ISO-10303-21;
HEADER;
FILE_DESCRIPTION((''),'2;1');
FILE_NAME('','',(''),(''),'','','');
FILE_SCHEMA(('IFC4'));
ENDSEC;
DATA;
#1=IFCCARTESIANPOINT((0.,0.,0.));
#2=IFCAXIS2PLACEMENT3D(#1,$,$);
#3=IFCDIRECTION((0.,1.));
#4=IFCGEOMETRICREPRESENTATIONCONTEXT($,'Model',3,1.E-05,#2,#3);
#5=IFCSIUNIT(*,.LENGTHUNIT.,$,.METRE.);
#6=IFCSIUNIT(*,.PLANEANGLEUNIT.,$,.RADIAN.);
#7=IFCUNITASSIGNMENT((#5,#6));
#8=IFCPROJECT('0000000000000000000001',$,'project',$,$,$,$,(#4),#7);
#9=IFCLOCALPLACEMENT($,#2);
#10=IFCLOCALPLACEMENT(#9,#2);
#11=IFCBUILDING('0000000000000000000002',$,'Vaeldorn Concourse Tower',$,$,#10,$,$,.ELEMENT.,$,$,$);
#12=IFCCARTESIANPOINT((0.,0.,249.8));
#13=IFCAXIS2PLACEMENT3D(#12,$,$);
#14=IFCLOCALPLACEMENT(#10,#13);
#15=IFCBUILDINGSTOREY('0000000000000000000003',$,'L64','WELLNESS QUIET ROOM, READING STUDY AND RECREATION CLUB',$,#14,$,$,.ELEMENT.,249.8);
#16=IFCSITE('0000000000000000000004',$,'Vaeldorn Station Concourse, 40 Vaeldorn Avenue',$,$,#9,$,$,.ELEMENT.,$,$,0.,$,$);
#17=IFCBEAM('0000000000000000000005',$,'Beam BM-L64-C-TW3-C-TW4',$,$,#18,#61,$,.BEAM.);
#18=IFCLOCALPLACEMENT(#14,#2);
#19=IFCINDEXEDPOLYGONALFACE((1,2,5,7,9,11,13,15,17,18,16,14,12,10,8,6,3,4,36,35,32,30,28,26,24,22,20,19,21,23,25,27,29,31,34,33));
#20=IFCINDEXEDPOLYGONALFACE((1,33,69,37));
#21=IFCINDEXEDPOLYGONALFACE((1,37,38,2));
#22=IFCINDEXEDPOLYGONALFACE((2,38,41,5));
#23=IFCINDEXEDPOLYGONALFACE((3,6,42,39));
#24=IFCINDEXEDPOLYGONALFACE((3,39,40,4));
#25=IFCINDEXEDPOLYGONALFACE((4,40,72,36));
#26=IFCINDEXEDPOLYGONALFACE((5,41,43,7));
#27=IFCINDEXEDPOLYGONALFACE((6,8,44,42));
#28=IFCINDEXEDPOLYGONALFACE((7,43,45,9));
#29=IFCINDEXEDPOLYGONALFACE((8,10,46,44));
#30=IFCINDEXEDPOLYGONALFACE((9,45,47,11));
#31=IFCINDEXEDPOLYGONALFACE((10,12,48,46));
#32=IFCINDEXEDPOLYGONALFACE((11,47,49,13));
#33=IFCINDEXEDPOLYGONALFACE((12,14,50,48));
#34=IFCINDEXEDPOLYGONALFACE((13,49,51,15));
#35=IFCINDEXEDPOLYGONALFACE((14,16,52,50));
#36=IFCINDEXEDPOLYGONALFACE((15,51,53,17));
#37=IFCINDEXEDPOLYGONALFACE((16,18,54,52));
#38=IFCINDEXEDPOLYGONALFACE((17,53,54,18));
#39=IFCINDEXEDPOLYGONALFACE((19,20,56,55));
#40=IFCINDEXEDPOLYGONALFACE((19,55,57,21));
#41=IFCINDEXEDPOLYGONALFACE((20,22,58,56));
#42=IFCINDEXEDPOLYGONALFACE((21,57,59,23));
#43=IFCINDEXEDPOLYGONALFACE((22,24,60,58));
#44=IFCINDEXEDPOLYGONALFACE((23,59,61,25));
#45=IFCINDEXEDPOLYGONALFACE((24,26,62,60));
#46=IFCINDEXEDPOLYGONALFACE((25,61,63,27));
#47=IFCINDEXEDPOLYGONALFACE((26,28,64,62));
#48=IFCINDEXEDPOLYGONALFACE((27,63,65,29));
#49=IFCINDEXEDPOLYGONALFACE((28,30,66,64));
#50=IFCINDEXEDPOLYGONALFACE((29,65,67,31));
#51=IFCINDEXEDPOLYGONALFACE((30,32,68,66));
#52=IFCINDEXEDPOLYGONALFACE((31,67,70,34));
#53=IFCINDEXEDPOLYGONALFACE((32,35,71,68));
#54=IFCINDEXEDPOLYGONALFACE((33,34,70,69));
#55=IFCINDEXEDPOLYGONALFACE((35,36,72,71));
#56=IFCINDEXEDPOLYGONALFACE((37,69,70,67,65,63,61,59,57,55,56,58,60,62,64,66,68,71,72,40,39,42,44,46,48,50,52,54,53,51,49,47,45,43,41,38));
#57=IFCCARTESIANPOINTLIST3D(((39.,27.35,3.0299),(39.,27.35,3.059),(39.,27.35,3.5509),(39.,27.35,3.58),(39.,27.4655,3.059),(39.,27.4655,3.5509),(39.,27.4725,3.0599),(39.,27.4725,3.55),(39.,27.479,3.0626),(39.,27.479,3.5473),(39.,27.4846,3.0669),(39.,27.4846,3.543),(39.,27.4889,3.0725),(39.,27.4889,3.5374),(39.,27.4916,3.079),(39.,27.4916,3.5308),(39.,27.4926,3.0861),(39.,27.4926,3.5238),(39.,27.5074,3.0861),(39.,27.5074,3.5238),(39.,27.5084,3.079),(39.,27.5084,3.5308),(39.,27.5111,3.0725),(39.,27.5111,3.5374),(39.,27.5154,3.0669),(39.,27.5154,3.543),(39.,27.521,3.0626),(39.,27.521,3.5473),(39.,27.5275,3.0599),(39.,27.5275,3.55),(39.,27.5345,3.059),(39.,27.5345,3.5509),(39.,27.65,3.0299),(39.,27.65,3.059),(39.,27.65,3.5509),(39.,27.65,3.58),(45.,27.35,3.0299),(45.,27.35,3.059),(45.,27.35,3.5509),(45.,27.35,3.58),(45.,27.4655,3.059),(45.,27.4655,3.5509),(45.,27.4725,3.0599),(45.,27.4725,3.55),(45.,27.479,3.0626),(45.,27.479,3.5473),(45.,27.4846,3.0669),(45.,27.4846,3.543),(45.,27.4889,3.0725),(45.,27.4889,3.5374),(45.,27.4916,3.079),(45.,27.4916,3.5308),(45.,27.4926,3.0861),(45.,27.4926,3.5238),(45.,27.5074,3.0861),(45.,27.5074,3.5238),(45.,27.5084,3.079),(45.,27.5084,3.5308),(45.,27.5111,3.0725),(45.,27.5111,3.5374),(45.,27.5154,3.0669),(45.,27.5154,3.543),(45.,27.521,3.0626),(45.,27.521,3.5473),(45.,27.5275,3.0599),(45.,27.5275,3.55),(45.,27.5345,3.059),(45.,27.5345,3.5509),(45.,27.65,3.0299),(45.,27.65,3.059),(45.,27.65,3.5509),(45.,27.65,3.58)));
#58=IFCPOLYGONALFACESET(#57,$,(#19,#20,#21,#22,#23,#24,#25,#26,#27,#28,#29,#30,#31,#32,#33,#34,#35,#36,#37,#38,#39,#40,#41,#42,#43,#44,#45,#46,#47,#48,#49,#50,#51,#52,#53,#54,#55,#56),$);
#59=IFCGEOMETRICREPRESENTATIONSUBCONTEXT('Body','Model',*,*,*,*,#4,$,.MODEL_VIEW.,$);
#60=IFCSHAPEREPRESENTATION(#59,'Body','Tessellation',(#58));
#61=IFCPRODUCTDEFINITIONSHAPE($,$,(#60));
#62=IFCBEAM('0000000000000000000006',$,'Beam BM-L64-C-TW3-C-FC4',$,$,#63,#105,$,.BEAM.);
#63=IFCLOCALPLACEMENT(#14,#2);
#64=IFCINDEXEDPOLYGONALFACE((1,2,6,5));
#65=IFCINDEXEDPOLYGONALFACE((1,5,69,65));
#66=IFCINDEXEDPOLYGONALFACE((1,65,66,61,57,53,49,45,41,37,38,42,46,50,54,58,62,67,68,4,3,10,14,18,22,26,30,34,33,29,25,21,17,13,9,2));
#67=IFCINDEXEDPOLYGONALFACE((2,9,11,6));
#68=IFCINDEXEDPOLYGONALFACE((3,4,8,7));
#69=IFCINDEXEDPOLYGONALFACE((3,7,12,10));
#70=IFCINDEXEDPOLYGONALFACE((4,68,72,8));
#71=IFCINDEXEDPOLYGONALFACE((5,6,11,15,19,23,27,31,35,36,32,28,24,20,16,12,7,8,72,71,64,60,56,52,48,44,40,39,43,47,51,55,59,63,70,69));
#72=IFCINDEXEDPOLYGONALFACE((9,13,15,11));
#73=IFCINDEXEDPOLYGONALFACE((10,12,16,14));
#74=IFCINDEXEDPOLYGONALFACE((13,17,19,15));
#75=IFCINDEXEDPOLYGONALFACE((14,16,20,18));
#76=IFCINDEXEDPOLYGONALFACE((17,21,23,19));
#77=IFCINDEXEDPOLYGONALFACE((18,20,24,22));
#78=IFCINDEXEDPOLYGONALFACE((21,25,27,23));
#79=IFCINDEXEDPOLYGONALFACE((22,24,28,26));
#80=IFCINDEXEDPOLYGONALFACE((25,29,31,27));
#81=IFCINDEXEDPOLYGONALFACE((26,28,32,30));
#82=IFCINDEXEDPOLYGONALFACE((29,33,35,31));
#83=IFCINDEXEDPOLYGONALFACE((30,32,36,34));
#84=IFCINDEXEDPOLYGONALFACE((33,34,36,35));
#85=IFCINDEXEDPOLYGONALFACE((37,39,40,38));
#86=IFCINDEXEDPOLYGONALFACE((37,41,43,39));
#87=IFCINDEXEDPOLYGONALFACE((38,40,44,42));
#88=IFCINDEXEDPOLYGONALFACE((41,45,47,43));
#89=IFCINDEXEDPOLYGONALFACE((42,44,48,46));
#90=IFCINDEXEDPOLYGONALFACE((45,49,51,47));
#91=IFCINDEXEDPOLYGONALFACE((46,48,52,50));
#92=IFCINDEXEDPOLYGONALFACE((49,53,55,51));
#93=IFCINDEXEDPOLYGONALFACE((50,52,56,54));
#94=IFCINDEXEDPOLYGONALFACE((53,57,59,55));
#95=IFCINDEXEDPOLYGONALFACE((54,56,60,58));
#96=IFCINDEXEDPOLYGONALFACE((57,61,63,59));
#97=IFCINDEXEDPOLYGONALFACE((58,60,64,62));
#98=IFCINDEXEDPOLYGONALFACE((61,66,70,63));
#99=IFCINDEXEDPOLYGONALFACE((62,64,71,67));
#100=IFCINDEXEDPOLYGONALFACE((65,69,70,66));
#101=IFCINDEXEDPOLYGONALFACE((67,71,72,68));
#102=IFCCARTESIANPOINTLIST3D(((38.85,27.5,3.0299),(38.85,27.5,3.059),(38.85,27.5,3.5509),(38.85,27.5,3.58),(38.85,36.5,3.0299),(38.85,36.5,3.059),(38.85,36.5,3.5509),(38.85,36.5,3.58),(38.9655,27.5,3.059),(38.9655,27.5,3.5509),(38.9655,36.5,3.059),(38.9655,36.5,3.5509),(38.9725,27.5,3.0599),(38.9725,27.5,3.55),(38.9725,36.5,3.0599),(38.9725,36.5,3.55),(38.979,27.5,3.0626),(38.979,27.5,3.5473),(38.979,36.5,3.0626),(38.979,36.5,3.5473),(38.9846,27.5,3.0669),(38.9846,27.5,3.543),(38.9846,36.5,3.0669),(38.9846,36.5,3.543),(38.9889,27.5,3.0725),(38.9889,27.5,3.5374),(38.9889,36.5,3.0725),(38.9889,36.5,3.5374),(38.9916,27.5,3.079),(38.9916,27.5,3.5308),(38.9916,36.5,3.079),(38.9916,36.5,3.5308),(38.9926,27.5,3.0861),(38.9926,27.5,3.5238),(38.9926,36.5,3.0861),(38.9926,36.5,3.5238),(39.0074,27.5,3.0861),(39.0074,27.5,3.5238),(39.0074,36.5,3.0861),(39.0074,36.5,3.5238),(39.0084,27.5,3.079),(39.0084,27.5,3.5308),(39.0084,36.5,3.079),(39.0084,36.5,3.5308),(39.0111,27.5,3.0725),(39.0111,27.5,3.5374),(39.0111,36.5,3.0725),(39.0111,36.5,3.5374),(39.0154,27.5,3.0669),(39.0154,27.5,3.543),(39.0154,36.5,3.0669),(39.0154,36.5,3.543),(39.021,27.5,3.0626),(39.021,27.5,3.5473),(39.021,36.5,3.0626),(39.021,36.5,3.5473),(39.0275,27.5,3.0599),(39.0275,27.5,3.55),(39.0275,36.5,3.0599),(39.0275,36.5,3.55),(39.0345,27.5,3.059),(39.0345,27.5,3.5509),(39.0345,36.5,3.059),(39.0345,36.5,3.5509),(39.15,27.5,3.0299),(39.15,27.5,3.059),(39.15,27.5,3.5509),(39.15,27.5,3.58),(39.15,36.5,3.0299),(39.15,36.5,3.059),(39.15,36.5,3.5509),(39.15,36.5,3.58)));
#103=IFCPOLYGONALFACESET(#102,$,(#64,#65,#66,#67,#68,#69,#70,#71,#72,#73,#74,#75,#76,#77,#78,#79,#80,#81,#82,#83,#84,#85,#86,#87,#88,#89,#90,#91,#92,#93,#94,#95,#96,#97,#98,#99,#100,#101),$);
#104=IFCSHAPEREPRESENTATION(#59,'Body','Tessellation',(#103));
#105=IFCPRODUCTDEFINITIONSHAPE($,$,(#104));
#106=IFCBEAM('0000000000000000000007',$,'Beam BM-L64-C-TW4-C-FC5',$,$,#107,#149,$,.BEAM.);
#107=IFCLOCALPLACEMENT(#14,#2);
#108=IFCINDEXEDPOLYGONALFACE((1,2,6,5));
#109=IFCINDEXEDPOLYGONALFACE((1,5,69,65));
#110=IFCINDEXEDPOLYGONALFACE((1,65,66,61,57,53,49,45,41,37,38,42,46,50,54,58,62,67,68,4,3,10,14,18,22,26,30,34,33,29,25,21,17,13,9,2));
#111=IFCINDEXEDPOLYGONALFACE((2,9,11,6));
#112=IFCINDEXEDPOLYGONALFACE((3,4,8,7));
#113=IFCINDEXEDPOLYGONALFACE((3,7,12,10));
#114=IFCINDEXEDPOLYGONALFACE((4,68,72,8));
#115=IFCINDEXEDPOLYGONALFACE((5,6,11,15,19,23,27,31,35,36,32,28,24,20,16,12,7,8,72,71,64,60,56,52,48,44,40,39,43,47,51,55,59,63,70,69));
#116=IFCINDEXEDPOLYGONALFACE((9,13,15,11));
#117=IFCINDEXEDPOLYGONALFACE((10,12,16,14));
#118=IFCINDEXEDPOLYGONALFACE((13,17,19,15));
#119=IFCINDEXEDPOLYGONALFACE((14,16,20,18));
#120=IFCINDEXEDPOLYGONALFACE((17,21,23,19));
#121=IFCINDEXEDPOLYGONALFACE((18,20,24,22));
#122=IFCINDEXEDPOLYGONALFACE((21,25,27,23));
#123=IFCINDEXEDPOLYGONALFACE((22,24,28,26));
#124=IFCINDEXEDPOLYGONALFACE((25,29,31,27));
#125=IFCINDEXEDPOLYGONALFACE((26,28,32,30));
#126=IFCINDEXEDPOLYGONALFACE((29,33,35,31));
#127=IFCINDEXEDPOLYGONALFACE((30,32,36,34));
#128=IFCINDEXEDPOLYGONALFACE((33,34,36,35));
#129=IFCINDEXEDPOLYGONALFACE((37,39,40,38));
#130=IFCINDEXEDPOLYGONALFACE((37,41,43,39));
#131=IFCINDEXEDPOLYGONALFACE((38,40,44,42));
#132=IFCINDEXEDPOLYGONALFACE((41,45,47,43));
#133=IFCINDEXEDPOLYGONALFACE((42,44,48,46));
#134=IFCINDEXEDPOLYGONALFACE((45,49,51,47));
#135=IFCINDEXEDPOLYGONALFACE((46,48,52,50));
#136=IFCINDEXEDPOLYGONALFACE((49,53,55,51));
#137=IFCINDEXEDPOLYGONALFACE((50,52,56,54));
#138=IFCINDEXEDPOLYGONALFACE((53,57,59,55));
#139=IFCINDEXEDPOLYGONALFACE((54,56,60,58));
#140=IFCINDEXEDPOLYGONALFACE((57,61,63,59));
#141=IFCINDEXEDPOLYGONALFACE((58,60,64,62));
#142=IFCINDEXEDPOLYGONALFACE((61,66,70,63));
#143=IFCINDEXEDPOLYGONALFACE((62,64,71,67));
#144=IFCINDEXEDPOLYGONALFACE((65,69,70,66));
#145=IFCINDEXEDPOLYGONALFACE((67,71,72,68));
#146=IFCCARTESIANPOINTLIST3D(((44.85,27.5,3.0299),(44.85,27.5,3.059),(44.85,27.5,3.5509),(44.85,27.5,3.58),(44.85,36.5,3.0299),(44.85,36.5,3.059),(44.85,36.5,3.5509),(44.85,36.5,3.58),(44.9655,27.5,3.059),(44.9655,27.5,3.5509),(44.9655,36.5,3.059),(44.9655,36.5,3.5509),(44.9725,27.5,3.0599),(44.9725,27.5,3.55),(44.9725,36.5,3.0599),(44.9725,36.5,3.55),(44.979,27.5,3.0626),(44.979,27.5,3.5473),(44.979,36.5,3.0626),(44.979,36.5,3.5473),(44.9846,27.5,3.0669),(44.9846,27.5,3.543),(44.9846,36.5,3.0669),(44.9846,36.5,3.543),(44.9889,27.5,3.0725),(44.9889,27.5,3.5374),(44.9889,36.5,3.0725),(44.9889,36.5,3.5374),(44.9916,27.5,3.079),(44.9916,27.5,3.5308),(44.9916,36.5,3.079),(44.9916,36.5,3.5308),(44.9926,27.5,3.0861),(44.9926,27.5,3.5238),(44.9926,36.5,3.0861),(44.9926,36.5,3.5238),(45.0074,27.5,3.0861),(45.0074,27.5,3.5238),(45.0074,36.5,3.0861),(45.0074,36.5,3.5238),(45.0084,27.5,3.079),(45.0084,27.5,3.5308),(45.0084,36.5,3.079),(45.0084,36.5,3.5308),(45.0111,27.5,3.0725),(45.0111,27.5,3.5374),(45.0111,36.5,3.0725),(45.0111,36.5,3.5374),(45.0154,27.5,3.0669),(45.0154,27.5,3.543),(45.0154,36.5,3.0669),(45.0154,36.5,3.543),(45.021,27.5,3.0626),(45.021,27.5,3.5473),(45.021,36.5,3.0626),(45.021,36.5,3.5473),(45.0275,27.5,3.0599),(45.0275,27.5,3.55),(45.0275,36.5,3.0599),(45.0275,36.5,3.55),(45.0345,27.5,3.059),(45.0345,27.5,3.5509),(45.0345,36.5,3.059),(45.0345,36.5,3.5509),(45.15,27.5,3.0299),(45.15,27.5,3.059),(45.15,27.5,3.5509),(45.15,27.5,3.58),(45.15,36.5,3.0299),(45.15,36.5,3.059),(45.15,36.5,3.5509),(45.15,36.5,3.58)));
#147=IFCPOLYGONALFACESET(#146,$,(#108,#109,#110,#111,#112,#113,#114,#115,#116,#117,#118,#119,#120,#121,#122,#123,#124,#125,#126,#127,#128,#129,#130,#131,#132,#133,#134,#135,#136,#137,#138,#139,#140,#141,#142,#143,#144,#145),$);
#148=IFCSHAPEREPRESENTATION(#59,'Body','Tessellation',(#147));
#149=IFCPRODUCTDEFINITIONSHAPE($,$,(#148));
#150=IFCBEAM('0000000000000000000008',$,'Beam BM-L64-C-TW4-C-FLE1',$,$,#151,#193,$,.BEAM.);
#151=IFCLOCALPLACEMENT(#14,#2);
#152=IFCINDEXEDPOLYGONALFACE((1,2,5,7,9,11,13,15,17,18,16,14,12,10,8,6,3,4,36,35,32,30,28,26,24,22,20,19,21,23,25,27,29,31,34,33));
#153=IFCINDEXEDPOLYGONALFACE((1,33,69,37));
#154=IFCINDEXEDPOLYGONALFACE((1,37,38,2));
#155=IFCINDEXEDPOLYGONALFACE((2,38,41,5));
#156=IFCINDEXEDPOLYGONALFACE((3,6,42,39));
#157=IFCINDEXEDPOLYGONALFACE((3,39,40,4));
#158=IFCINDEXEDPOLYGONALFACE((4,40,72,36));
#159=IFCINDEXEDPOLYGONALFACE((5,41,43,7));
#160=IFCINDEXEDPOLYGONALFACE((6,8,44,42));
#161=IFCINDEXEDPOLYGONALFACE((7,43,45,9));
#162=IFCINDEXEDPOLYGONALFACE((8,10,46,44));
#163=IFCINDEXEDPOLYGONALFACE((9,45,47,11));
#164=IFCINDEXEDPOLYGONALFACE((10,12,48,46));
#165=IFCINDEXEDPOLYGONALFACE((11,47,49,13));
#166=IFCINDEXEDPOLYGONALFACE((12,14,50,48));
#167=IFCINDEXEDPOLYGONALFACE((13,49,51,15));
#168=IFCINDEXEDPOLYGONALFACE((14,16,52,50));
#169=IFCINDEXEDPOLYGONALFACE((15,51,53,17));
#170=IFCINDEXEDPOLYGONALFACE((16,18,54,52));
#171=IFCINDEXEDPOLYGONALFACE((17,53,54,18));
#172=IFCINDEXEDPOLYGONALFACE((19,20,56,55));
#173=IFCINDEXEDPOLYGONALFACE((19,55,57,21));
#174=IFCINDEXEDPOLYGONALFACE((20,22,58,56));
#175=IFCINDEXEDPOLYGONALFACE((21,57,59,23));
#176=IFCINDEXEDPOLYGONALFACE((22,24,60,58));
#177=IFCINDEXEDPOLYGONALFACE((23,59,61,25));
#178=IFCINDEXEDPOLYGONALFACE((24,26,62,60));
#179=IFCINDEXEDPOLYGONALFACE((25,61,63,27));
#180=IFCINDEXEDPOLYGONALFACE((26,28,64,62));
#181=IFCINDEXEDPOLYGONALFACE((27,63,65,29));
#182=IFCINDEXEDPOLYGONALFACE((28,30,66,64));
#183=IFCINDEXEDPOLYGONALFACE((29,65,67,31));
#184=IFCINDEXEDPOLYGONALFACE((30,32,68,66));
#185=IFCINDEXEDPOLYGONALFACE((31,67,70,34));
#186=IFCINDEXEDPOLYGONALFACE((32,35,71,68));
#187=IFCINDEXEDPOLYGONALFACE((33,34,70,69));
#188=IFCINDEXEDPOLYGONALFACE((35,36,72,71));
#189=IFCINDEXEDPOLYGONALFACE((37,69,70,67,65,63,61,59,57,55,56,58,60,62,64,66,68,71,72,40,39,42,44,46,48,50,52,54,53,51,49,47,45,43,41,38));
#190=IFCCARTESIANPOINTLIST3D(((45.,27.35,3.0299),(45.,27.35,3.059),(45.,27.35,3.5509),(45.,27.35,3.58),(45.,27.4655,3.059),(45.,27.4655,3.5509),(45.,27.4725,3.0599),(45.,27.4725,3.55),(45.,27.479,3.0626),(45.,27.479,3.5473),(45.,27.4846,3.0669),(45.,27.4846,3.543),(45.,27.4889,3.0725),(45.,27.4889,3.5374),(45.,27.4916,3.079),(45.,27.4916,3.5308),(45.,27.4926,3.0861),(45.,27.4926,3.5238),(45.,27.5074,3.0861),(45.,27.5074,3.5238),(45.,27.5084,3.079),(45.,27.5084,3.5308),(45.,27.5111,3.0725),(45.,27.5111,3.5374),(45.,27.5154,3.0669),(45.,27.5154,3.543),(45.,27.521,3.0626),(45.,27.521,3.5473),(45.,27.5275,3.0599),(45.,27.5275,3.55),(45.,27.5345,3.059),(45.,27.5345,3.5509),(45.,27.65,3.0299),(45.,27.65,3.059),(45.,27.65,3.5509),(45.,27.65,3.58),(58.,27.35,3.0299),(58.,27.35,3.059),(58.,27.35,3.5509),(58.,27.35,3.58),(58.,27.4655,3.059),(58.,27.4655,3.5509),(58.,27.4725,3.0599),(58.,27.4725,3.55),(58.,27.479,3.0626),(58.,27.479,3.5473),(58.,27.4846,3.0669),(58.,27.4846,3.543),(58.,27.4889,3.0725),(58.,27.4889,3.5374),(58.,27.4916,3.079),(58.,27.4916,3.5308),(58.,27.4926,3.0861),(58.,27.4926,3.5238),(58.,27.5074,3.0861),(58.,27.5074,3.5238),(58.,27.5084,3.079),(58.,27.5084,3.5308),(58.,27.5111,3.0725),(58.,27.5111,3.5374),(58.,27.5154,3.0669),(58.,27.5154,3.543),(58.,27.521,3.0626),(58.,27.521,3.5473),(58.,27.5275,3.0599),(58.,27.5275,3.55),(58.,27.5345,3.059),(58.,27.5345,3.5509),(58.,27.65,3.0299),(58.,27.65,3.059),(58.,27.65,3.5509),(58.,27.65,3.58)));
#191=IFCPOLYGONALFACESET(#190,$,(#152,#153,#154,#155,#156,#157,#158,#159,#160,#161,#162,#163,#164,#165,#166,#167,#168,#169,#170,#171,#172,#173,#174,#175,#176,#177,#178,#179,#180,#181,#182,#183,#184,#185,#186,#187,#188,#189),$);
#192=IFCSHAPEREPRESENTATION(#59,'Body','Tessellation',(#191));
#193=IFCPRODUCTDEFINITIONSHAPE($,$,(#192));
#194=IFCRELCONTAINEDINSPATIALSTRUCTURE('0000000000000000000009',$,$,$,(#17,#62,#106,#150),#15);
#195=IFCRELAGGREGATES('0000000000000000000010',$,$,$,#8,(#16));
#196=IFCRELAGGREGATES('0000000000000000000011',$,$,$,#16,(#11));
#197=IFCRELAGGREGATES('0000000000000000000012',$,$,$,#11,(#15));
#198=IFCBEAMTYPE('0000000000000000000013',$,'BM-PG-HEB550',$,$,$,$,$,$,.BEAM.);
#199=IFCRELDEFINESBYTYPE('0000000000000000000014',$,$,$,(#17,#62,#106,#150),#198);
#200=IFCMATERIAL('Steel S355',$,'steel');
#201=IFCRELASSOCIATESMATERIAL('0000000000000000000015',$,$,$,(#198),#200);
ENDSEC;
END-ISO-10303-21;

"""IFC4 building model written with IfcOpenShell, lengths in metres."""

from ifc_helpers import new_model, si_unit, direction, frame, origin, origin_2d, place, context, subcontext, project, spatial, i_section, extrude, source, transform, mapped, material, material_profile, profile_set, type_object, element, save


model = new_model("IFC4")

# Units and contexts
model_context = context("Model", 3, precision=1e-05, world=origin(), true_north=direction((0.0, 1.0)))
body_context = subcontext(model_context, "Body", "Model", "MODEL_VIEW")
ifc_project = project(units=[si_unit("LENGTHUNIT", "METRE"), si_unit("PLANEANGLEUNIT", "RADIAN")], contexts=[model_context])

# Site, building, storey
site_placement = place(None, origin())
site = spatial("IfcSite", under=ifc_project, at=site_placement, Name="Vaeldorn Station Concourse, 40 Vaeldorn Avenue", CompositionType="ELEMENT", RefElevation=0.0)
building_placement = place(site_placement, origin())
building = spatial("IfcBuilding", under=site, at=building_placement, Name="Vaeldorn Concourse Tower", CompositionType="ELEMENT")
storey_placement = place(building_placement, frame((0.0, 0.0, 249.8)))
storey = spatial("IfcBuildingStorey", under=building, at=storey_placement, Name="L64", Description="WELLNESS QUIET ROOM, READING STUDY AND RECREATION CLUB", CompositionType="ELEMENT", Elevation=249.8)

# Shared definitions
ifc_material_1 = material(Name="Steel S355", Category="steel")

# Beams
ifc_material_profile_1 = material_profile(ifc_material_1, i_section(OverallWidth=0.3, OverallDepth=0.55, WebThickness=0.0149, FlangeThickness=0.0291, FilletRadius=0.0271, at=origin_2d()), Name="HEB 550")
ifc_profile_set_1 = profile_set([ifc_material_profile_1], Name="Steel S355")
beam_type_1 = type_object("IfcBeamType", Name="BM-PG-HEB550", PredefinedType="BEAM", material=ifc_profile_set_1)
shared_shape_1 = source(origin(), body_context, "Body", "SweptSolid", [
    extrude(i_section(OverallWidth=0.3, OverallDepth=0.55, WebThickness=0.0149, FlangeThickness=0.0291, FilletRadius=0.0271, at=origin_2d()), origin(), (0.0, 0.0, 1.0), 6.0),
])
beam_1_placement = place(storey_placement, frame((39.0, 27.5, 3.3049), z_axis=(1.0, 0.0, 0.0), x_axis=(0.0, 1.0, 0.0)))
element("IfcBeam", 1, at=beam_1_placement, inside=storey, type_object=beam_type_1, Name="Beam BM-L64-C-TW3-C-TW4", PredefinedType="BEAM", context=body_context, shape_type="MappedRepresentation", body=[
    mapped(shared_shape_1, transform((0.0, 0.0, 0.0), scale=1.0)),
])
shared_shape_2 = source(origin(), body_context, "Body", "SweptSolid", [
    extrude(i_section(OverallWidth=0.3, OverallDepth=0.55, WebThickness=0.0149, FlangeThickness=0.0291, FilletRadius=0.0271, at=origin_2d()), origin(), (0.0, 0.0, 1.0), 9.0),
])
for number, where, z_axis, x_axis, name in (
    (2, (39.0, 27.5, 3.3049), (0.0, 1.0, 0.0), (-1.0, 0.0, 0.0), "Beam BM-L64-C-TW3-C-FC4"),
    (3, (45.0, 27.5, 3.3049), (0.0, 1.0, 0.0), (-1.0, 0.0, 0.0), "Beam BM-L64-C-TW4-C-FC5"),
):
    element("IfcBeam", number, at=place(storey_placement, frame(where, z_axis=z_axis, x_axis=x_axis)), inside=storey, type_object=beam_type_1, Name=name, PredefinedType="BEAM", context=body_context, shape_type="MappedRepresentation", body=[
        mapped(shared_shape_2, transform((0.0, 0.0, 0.0), scale=1.0)),
    ])
shared_shape_3 = source(origin(), body_context, "Body", "SweptSolid", [
    extrude(i_section(OverallWidth=0.3, OverallDepth=0.55, WebThickness=0.0149, FlangeThickness=0.0291, FilletRadius=0.0271, at=origin_2d()), origin(), (0.0, 0.0, 1.0), 13.0),
])
beam_2_placement = place(storey_placement, frame((45.0, 27.5, 3.3049), z_axis=(1.0, 0.0, 0.0), x_axis=(0.0, 1.0, 0.0)))
element("IfcBeam", 4, at=beam_2_placement, inside=storey, type_object=beam_type_1, Name="Beam BM-L64-C-TW4-C-FLE1", PredefinedType="BEAM", context=body_context, shape_type="MappedRepresentation", body=[
    mapped(shared_shape_3, transform((0.0, 0.0, 0.0), scale=1.0)),
])

save(model, "model.ifc")
